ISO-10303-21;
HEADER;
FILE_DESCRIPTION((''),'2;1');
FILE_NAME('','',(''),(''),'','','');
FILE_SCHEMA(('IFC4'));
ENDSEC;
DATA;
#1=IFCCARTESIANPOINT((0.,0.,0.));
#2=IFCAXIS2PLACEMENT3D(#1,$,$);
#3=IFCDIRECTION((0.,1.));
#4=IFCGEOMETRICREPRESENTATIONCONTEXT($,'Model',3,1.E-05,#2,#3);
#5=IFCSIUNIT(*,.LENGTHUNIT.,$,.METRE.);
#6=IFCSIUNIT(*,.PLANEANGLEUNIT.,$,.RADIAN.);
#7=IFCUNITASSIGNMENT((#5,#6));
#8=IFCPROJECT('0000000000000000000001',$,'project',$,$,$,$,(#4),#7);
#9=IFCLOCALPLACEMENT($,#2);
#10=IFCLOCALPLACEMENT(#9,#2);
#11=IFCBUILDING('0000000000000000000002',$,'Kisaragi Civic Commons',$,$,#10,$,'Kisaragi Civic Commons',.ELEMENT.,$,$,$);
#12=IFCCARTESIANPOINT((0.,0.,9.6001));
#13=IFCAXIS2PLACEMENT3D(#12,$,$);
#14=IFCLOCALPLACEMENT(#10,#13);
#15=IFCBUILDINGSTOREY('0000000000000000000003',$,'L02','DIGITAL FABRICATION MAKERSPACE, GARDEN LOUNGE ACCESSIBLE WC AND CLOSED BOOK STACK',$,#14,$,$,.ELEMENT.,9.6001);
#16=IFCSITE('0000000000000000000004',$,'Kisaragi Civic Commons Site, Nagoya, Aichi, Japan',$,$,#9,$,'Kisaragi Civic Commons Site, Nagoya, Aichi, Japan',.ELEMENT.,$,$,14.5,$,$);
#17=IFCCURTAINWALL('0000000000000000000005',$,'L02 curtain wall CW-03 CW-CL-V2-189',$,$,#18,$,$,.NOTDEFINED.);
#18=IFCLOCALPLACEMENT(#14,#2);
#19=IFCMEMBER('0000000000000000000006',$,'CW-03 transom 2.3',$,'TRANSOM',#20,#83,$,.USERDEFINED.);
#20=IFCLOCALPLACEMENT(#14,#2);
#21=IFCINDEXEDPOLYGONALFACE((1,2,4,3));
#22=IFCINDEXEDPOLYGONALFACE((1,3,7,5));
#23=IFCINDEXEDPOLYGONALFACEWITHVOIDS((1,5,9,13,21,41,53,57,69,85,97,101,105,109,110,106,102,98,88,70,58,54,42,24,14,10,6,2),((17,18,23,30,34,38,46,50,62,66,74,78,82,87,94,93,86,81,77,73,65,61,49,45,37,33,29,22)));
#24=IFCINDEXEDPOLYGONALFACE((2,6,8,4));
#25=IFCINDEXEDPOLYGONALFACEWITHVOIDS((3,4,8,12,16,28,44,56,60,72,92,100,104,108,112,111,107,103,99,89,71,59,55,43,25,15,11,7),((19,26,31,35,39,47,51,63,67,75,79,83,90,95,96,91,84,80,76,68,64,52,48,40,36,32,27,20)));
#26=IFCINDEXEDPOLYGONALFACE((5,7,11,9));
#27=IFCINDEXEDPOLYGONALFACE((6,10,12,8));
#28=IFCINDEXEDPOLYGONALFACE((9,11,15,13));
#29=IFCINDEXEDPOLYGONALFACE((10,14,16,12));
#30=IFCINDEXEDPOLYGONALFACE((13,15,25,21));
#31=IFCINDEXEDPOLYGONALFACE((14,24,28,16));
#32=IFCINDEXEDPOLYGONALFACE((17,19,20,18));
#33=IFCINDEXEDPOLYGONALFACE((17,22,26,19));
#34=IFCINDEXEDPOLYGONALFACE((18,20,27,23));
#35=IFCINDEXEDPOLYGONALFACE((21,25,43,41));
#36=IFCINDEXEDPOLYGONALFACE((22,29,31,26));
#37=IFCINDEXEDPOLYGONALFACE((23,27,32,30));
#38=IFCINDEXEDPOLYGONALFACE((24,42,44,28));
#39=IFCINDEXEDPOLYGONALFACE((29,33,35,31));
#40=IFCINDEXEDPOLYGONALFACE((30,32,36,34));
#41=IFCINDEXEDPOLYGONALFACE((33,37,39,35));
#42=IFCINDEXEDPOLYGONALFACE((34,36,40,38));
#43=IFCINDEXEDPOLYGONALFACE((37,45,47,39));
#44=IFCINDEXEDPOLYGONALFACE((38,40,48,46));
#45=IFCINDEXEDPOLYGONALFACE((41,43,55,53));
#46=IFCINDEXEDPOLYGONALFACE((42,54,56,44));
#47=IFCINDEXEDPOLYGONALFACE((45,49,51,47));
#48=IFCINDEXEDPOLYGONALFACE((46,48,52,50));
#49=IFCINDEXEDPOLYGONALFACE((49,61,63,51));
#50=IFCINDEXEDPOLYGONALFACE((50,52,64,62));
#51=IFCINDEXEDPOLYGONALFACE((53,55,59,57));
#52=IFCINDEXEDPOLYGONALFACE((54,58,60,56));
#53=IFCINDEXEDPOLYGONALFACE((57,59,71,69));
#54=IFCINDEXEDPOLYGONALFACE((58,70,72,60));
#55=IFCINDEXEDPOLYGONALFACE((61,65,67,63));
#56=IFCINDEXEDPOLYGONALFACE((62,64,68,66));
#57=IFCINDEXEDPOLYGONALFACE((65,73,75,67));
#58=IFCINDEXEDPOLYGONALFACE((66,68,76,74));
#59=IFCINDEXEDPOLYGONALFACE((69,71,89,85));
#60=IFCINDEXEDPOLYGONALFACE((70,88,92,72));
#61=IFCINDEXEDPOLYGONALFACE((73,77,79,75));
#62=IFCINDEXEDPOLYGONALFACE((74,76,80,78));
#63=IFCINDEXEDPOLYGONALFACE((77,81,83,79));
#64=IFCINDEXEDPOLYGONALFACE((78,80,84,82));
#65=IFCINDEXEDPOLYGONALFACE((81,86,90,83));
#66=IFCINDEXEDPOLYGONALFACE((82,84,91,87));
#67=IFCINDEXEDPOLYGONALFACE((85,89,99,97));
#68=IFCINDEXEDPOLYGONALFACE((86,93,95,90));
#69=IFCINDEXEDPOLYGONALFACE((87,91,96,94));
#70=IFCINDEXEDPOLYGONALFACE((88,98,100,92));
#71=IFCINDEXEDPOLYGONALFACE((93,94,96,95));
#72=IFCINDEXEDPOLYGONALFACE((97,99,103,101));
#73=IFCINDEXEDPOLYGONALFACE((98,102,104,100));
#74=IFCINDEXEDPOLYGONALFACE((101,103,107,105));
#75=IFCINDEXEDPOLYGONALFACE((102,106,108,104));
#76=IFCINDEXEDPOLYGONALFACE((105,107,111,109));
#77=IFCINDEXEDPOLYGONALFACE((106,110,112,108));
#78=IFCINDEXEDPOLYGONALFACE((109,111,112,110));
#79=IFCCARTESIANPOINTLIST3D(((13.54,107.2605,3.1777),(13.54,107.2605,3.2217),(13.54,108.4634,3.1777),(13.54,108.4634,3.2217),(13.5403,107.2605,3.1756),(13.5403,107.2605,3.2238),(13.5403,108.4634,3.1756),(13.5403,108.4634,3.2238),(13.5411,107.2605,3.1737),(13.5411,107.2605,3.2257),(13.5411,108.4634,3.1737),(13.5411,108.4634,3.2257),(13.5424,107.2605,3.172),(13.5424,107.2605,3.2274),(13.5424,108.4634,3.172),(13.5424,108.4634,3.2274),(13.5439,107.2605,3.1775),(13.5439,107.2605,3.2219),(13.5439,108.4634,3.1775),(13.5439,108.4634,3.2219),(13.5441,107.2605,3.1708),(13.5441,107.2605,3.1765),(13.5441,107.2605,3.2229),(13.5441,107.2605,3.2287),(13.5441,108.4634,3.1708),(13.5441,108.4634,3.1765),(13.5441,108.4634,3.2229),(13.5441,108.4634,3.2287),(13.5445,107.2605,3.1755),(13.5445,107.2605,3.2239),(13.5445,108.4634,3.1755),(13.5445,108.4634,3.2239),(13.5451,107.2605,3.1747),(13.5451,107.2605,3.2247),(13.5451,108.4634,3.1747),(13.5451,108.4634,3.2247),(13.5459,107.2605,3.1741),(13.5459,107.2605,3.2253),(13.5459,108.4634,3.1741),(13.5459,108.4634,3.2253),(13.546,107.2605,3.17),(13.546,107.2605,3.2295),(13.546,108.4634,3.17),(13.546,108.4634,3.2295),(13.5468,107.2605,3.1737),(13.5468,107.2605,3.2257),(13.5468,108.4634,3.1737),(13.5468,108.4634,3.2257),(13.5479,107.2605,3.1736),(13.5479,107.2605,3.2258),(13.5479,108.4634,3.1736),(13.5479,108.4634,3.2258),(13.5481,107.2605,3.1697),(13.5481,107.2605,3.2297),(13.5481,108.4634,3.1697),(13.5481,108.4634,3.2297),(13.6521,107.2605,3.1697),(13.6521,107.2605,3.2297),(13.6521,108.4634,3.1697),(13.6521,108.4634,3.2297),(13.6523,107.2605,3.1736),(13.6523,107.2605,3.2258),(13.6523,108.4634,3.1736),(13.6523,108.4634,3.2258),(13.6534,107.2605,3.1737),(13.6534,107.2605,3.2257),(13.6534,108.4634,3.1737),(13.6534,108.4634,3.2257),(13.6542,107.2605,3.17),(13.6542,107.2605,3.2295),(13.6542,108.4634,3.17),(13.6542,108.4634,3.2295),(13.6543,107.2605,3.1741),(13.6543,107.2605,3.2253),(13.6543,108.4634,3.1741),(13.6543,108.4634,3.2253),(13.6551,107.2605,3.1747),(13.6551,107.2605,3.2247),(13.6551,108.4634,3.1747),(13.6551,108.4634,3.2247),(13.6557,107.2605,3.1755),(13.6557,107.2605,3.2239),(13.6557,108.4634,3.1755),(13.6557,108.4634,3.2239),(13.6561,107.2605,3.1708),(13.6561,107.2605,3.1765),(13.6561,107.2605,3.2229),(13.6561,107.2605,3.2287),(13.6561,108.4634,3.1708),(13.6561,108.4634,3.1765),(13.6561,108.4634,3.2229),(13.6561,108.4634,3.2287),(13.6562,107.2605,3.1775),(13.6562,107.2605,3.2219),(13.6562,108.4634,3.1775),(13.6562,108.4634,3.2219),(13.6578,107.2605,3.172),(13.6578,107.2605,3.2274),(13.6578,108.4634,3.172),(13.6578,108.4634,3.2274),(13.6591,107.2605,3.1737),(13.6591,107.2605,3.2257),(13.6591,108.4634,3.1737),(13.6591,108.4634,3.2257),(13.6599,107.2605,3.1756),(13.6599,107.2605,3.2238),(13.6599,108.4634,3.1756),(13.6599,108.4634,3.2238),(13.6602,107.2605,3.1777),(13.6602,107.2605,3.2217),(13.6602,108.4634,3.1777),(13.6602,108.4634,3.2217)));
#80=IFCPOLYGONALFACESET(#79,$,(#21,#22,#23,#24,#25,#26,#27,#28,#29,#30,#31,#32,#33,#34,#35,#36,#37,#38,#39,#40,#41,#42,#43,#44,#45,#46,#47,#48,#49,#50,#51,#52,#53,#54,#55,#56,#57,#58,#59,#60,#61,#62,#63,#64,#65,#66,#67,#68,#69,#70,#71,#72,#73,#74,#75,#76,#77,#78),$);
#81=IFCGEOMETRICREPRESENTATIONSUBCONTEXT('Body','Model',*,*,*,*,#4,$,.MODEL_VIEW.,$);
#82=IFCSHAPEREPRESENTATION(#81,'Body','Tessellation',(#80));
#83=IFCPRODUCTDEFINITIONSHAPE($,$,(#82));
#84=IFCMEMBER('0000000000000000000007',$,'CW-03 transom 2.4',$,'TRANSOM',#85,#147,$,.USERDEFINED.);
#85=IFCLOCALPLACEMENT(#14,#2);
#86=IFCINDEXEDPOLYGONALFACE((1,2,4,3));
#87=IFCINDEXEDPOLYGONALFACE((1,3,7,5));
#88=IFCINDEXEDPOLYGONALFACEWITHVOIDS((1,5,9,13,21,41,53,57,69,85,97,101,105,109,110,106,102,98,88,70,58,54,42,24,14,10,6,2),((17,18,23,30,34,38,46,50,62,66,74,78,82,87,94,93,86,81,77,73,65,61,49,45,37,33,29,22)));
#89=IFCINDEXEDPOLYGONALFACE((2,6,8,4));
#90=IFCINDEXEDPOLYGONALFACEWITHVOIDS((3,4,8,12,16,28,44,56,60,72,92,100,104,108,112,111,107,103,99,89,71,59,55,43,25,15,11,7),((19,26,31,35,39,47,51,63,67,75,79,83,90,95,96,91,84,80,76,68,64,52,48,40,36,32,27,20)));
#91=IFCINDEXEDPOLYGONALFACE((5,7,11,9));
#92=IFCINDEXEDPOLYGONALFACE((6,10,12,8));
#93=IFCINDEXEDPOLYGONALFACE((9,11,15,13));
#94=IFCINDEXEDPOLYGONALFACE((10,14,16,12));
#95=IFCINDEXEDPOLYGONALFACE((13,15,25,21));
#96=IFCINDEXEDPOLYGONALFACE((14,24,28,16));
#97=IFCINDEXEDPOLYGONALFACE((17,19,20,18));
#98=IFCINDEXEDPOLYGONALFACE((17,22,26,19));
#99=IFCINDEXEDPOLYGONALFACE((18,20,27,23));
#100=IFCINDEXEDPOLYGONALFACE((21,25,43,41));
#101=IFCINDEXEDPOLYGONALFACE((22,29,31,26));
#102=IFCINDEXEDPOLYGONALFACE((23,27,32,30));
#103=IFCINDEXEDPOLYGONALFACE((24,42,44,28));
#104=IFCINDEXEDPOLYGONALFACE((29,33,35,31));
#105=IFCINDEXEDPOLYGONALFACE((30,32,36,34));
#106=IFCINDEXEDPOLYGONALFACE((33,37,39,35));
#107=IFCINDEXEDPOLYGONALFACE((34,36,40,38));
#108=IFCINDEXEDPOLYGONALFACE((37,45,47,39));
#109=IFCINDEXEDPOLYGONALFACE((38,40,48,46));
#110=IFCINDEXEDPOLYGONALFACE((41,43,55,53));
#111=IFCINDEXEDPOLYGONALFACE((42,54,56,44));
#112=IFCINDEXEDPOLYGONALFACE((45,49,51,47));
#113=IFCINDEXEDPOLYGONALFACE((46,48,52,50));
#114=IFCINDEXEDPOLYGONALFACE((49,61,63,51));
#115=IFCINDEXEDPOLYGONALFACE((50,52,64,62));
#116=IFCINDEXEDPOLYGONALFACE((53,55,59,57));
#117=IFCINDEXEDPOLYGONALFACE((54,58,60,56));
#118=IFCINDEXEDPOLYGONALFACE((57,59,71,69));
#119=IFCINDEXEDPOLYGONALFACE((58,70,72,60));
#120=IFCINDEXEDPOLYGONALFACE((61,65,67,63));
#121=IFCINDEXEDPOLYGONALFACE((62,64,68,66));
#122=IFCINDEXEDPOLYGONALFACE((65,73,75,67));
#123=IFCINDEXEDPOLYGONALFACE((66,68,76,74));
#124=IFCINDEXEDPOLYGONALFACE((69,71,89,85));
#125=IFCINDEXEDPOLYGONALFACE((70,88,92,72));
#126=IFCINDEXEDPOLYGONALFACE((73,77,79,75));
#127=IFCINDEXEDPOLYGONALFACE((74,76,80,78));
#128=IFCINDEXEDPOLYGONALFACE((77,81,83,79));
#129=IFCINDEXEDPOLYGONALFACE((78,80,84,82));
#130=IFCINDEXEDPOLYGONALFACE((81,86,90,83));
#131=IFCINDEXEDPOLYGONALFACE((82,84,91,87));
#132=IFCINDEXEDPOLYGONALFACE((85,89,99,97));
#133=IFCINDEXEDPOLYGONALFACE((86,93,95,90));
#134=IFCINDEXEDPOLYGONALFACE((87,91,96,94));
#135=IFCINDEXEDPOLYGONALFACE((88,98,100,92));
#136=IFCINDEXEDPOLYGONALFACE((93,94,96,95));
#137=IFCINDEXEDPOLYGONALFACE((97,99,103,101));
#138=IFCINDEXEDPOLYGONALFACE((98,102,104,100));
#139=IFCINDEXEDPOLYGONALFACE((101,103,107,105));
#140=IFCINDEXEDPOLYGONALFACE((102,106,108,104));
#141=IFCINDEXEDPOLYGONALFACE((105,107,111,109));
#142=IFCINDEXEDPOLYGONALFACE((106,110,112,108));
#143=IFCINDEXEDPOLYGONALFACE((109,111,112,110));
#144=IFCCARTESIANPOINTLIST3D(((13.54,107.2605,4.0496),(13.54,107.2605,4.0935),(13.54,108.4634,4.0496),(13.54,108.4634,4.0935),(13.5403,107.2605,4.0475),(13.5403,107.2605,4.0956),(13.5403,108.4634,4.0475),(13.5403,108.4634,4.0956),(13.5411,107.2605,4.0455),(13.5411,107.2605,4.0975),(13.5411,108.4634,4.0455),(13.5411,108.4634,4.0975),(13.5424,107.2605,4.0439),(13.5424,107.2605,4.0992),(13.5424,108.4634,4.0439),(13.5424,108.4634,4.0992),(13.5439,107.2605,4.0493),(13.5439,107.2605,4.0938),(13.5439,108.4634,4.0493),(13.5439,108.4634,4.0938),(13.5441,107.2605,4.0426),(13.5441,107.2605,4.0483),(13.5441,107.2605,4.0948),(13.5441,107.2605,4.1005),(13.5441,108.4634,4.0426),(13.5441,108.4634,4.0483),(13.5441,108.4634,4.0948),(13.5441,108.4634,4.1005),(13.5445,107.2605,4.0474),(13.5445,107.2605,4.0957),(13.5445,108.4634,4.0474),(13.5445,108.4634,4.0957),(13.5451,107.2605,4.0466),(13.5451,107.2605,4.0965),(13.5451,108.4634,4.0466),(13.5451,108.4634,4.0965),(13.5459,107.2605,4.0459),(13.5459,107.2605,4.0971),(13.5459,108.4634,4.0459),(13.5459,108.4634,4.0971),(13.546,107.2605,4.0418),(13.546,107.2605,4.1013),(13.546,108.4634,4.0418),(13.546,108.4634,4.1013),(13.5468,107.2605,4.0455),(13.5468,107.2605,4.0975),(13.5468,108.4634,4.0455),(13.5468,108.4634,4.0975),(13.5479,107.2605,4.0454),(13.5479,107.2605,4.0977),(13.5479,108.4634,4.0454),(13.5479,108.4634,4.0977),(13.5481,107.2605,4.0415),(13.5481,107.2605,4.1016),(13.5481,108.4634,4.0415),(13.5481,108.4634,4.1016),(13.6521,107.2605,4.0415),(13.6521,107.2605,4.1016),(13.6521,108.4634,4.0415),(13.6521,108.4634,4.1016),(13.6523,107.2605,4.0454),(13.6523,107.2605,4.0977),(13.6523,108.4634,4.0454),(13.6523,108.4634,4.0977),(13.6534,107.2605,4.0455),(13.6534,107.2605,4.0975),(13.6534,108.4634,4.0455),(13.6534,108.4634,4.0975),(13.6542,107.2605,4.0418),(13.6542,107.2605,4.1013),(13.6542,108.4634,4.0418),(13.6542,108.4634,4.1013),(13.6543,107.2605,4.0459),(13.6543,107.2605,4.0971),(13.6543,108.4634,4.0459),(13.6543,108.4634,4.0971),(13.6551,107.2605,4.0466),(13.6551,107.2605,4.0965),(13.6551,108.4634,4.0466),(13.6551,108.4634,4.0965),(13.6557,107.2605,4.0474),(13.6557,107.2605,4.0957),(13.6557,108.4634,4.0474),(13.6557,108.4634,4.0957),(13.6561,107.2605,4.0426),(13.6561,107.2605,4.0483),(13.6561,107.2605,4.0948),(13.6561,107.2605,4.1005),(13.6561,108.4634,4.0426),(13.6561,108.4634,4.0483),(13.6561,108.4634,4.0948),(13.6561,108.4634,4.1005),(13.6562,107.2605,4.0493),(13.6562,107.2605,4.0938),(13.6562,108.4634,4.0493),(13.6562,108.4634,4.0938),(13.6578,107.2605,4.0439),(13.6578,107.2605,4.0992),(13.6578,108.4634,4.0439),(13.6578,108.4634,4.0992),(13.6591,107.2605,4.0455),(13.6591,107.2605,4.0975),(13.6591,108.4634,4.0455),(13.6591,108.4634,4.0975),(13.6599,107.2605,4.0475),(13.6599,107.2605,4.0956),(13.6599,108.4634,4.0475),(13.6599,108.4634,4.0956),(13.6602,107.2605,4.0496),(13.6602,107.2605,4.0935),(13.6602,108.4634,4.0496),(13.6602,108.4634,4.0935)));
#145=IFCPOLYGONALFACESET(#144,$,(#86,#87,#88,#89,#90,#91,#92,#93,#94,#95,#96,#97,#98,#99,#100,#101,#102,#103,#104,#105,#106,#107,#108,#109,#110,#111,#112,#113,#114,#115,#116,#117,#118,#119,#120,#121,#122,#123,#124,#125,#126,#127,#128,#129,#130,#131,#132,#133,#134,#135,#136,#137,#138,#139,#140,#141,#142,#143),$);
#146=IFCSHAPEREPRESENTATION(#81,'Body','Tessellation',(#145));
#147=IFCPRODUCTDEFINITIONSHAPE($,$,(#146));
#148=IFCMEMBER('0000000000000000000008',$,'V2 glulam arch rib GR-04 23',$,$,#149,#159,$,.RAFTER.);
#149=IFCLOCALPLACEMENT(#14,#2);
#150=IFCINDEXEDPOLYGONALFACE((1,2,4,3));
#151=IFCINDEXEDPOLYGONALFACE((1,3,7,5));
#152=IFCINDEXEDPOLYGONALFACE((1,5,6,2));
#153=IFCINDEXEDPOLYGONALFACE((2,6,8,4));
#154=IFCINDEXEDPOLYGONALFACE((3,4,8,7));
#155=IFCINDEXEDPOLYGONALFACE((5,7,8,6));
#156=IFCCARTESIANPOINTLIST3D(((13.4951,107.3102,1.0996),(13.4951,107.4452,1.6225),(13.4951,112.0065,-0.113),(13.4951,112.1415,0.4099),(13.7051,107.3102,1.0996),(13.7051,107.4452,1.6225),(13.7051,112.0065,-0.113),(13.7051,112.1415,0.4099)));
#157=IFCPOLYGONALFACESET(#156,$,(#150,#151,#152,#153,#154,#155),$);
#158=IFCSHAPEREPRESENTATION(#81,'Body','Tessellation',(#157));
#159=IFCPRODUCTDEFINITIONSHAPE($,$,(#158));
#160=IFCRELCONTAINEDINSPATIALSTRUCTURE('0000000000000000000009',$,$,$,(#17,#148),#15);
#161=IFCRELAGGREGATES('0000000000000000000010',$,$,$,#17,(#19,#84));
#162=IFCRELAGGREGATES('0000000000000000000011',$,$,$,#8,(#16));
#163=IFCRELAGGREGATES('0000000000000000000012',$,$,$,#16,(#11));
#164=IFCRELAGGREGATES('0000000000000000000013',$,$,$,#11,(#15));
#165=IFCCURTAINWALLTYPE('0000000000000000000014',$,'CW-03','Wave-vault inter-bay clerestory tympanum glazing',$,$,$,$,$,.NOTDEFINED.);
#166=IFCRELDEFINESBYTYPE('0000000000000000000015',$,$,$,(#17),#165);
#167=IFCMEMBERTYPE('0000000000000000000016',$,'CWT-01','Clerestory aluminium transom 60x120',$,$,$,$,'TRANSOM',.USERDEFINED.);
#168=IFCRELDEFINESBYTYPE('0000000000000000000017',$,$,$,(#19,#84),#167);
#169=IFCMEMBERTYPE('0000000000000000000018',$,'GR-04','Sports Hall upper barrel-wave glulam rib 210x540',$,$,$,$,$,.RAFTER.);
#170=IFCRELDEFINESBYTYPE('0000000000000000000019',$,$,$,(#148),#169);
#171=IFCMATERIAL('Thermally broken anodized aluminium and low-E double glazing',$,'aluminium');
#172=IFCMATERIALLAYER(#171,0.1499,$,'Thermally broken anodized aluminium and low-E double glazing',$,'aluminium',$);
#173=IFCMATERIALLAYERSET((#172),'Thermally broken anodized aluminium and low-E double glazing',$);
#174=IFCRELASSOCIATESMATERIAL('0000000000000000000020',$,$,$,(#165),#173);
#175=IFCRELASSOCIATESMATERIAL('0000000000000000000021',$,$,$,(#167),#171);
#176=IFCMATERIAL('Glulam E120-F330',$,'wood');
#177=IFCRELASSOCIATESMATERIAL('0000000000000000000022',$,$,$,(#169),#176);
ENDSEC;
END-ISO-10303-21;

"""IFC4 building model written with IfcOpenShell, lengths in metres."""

from ifc_helpers import new_model, si_unit, direction, frame, origin, origin_2d, place, context, subcontext, project, spatial, rectangle, hollow_rectangle, extrude, material, layer, layer_set, material_profile, profile_set, type_object, element, aggregate, save


model = new_model("IFC4")

# Units and contexts
model_context = context("Model", 3, precision=1e-05, world=origin(), true_north=direction((0.0, 1.0)))
body_context = subcontext(model_context, "Body", "Model", "MODEL_VIEW")
ifc_project = project(units=[si_unit("LENGTHUNIT", "METRE"), si_unit("PLANEANGLEUNIT", "RADIAN")], contexts=[model_context])

# Site, building, storey
site_placement = place(None, origin())
site = spatial("IfcSite", under=ifc_project, at=site_placement, Name="Kisaragi Civic Commons Site, Nagoya, Aichi, Japan", LongName="Kisaragi Civic Commons Site, Nagoya, Aichi, Japan", CompositionType="ELEMENT", RefElevation=14.5)
building_placement = place(site_placement, origin())
building = spatial("IfcBuilding", under=site, at=building_placement, Name="Kisaragi Civic Commons", LongName="Kisaragi Civic Commons", CompositionType="ELEMENT")
storey_placement = place(building_placement, frame((0.0, 0.0, 9.6001)))
storey = spatial("IfcBuildingStorey", under=building, at=storey_placement, Name="L02", Description="DIGITAL FABRICATION MAKERSPACE, GARDEN LOUNGE ACCESSIBLE WC AND CLOSED BOOK STACK", CompositionType="ELEMENT", Elevation=9.6001)

# Curtain wall, members
ifc_material_1 = material(Name="Thermally broken anodized aluminium and low-E double glazing", Category="aluminium")
ifc_layer_1 = layer(ifc_material_1, 0.1499, Name="Thermally broken anodized aluminium and low-E double glazing", Category="aluminium")
ifc_layer_set_1 = layer_set([ifc_layer_1], Name="Thermally broken anodized aluminium and low-E double glazing")
curtain_wall_type = type_object("IfcCurtainWallType", Name="CW-03", Description="Wave-vault inter-bay clerestory tympanum glazing", PredefinedType="NOTDEFINED", material=ifc_layer_set_1)
curtain_wall_placement = place(storey_placement, origin())
curtain_wall = element("IfcCurtainWall", 1, at=curtain_wall_placement, inside=storey, type_object=curtain_wall_type, Name="L02 curtain wall CW-03 CW-CL-V2-189", PredefinedType="NOTDEFINED")
ifc_material_profile_1 = material_profile(ifc_material_1, hollow_rectangle(XDim=0.1201, YDim=0.0601, WallThickness=0.0039, InnerFilletRadius=0.0039, OuterFilletRadius=0.0081, at=origin_2d()), Name="CWT-60x120x4", Category="aluminium")
ifc_profile_set_1 = profile_set([ifc_material_profile_1], Name="Thermally broken anodized aluminium and low-E double glazing")
member_type_1 = type_object("IfcMemberType", Name="CWT-01", Description="Clerestory aluminium transom 60x120", ElementType="TRANSOM", PredefinedType="USERDEFINED", material=ifc_profile_set_1)
member_1_placement = place(storey_placement, frame((13.6001, 107.2605, 3.1997), z_axis=(0.0, 1.0, 0.0), x_axis=(-1.0, 0.0, 0.0)))
member_1 = element("IfcMember", 2, at=member_1_placement, type_object=member_type_1, Name="CW-03 transom 2.3", ObjectType="TRANSOM", PredefinedType="USERDEFINED", context=body_context, shape_type="SweptSolid", body=[
    extrude(hollow_rectangle(XDim=0.1201, YDim=0.0601, WallThickness=0.0039, InnerFilletRadius=0.0039, OuterFilletRadius=0.0081, at=origin_2d()), origin(), (0.0, 0.0, 1.0), 1.2029),
])
member_2_placement = place(storey_placement, frame((13.6001, 107.2605, 4.0715), z_axis=(0.0, 1.0, 0.0), x_axis=(-1.0, 0.0, 0.0)))
member_2 = element("IfcMember", 3, at=member_2_placement, type_object=member_type_1, Name="CW-03 transom 2.4", ObjectType="TRANSOM", PredefinedType="USERDEFINED", context=body_context, shape_type="SweptSolid", body=[
    extrude(hollow_rectangle(XDim=0.1201, YDim=0.0601, WallThickness=0.0039, InnerFilletRadius=0.0039, OuterFilletRadius=0.0081, at=origin_2d()), origin(), (0.0, 0.0, 1.0), 1.2029),
])

# Member
ifc_material_2 = material(Name="Glulam E120-F330", Category="wood")
ifc_material_profile_2 = material_profile(ifc_material_2, rectangle(XDim=0.21, YDim=0.54, at=origin_2d()), Name="GL-210x540", Category="wood")
ifc_profile_set_2 = profile_set([ifc_material_profile_2], Name="Glulam E120-F330")
member_type_2 = type_object("IfcMemberType", Name="GR-04", Description="Sports Hall upper barrel-wave glulam rib 210x540", PredefinedType="RAFTER", material=ifc_profile_set_2)
member_3_placement = place(storey_placement, frame((13.6001, 107.3777, 1.3611), z_axis=(0.0, 0.968242, -0.250014), x_axis=(-1.0, 0.0, 0.0)))
element("IfcMember", 4, at=member_3_placement, inside=storey, type_object=member_type_2, Name="V2 glulam arch rib GR-04 23", PredefinedType="RAFTER", context=body_context, shape_type="SweptSolid", body=[
    extrude(rectangle(XDim=0.21, YDim=0.54, at=origin_2d()), origin(), (0.0, 0.0, 1.0), 4.8503),
])

aggregate(curtain_wall, [member_1, member_2])

save(model, "model.ifc")
